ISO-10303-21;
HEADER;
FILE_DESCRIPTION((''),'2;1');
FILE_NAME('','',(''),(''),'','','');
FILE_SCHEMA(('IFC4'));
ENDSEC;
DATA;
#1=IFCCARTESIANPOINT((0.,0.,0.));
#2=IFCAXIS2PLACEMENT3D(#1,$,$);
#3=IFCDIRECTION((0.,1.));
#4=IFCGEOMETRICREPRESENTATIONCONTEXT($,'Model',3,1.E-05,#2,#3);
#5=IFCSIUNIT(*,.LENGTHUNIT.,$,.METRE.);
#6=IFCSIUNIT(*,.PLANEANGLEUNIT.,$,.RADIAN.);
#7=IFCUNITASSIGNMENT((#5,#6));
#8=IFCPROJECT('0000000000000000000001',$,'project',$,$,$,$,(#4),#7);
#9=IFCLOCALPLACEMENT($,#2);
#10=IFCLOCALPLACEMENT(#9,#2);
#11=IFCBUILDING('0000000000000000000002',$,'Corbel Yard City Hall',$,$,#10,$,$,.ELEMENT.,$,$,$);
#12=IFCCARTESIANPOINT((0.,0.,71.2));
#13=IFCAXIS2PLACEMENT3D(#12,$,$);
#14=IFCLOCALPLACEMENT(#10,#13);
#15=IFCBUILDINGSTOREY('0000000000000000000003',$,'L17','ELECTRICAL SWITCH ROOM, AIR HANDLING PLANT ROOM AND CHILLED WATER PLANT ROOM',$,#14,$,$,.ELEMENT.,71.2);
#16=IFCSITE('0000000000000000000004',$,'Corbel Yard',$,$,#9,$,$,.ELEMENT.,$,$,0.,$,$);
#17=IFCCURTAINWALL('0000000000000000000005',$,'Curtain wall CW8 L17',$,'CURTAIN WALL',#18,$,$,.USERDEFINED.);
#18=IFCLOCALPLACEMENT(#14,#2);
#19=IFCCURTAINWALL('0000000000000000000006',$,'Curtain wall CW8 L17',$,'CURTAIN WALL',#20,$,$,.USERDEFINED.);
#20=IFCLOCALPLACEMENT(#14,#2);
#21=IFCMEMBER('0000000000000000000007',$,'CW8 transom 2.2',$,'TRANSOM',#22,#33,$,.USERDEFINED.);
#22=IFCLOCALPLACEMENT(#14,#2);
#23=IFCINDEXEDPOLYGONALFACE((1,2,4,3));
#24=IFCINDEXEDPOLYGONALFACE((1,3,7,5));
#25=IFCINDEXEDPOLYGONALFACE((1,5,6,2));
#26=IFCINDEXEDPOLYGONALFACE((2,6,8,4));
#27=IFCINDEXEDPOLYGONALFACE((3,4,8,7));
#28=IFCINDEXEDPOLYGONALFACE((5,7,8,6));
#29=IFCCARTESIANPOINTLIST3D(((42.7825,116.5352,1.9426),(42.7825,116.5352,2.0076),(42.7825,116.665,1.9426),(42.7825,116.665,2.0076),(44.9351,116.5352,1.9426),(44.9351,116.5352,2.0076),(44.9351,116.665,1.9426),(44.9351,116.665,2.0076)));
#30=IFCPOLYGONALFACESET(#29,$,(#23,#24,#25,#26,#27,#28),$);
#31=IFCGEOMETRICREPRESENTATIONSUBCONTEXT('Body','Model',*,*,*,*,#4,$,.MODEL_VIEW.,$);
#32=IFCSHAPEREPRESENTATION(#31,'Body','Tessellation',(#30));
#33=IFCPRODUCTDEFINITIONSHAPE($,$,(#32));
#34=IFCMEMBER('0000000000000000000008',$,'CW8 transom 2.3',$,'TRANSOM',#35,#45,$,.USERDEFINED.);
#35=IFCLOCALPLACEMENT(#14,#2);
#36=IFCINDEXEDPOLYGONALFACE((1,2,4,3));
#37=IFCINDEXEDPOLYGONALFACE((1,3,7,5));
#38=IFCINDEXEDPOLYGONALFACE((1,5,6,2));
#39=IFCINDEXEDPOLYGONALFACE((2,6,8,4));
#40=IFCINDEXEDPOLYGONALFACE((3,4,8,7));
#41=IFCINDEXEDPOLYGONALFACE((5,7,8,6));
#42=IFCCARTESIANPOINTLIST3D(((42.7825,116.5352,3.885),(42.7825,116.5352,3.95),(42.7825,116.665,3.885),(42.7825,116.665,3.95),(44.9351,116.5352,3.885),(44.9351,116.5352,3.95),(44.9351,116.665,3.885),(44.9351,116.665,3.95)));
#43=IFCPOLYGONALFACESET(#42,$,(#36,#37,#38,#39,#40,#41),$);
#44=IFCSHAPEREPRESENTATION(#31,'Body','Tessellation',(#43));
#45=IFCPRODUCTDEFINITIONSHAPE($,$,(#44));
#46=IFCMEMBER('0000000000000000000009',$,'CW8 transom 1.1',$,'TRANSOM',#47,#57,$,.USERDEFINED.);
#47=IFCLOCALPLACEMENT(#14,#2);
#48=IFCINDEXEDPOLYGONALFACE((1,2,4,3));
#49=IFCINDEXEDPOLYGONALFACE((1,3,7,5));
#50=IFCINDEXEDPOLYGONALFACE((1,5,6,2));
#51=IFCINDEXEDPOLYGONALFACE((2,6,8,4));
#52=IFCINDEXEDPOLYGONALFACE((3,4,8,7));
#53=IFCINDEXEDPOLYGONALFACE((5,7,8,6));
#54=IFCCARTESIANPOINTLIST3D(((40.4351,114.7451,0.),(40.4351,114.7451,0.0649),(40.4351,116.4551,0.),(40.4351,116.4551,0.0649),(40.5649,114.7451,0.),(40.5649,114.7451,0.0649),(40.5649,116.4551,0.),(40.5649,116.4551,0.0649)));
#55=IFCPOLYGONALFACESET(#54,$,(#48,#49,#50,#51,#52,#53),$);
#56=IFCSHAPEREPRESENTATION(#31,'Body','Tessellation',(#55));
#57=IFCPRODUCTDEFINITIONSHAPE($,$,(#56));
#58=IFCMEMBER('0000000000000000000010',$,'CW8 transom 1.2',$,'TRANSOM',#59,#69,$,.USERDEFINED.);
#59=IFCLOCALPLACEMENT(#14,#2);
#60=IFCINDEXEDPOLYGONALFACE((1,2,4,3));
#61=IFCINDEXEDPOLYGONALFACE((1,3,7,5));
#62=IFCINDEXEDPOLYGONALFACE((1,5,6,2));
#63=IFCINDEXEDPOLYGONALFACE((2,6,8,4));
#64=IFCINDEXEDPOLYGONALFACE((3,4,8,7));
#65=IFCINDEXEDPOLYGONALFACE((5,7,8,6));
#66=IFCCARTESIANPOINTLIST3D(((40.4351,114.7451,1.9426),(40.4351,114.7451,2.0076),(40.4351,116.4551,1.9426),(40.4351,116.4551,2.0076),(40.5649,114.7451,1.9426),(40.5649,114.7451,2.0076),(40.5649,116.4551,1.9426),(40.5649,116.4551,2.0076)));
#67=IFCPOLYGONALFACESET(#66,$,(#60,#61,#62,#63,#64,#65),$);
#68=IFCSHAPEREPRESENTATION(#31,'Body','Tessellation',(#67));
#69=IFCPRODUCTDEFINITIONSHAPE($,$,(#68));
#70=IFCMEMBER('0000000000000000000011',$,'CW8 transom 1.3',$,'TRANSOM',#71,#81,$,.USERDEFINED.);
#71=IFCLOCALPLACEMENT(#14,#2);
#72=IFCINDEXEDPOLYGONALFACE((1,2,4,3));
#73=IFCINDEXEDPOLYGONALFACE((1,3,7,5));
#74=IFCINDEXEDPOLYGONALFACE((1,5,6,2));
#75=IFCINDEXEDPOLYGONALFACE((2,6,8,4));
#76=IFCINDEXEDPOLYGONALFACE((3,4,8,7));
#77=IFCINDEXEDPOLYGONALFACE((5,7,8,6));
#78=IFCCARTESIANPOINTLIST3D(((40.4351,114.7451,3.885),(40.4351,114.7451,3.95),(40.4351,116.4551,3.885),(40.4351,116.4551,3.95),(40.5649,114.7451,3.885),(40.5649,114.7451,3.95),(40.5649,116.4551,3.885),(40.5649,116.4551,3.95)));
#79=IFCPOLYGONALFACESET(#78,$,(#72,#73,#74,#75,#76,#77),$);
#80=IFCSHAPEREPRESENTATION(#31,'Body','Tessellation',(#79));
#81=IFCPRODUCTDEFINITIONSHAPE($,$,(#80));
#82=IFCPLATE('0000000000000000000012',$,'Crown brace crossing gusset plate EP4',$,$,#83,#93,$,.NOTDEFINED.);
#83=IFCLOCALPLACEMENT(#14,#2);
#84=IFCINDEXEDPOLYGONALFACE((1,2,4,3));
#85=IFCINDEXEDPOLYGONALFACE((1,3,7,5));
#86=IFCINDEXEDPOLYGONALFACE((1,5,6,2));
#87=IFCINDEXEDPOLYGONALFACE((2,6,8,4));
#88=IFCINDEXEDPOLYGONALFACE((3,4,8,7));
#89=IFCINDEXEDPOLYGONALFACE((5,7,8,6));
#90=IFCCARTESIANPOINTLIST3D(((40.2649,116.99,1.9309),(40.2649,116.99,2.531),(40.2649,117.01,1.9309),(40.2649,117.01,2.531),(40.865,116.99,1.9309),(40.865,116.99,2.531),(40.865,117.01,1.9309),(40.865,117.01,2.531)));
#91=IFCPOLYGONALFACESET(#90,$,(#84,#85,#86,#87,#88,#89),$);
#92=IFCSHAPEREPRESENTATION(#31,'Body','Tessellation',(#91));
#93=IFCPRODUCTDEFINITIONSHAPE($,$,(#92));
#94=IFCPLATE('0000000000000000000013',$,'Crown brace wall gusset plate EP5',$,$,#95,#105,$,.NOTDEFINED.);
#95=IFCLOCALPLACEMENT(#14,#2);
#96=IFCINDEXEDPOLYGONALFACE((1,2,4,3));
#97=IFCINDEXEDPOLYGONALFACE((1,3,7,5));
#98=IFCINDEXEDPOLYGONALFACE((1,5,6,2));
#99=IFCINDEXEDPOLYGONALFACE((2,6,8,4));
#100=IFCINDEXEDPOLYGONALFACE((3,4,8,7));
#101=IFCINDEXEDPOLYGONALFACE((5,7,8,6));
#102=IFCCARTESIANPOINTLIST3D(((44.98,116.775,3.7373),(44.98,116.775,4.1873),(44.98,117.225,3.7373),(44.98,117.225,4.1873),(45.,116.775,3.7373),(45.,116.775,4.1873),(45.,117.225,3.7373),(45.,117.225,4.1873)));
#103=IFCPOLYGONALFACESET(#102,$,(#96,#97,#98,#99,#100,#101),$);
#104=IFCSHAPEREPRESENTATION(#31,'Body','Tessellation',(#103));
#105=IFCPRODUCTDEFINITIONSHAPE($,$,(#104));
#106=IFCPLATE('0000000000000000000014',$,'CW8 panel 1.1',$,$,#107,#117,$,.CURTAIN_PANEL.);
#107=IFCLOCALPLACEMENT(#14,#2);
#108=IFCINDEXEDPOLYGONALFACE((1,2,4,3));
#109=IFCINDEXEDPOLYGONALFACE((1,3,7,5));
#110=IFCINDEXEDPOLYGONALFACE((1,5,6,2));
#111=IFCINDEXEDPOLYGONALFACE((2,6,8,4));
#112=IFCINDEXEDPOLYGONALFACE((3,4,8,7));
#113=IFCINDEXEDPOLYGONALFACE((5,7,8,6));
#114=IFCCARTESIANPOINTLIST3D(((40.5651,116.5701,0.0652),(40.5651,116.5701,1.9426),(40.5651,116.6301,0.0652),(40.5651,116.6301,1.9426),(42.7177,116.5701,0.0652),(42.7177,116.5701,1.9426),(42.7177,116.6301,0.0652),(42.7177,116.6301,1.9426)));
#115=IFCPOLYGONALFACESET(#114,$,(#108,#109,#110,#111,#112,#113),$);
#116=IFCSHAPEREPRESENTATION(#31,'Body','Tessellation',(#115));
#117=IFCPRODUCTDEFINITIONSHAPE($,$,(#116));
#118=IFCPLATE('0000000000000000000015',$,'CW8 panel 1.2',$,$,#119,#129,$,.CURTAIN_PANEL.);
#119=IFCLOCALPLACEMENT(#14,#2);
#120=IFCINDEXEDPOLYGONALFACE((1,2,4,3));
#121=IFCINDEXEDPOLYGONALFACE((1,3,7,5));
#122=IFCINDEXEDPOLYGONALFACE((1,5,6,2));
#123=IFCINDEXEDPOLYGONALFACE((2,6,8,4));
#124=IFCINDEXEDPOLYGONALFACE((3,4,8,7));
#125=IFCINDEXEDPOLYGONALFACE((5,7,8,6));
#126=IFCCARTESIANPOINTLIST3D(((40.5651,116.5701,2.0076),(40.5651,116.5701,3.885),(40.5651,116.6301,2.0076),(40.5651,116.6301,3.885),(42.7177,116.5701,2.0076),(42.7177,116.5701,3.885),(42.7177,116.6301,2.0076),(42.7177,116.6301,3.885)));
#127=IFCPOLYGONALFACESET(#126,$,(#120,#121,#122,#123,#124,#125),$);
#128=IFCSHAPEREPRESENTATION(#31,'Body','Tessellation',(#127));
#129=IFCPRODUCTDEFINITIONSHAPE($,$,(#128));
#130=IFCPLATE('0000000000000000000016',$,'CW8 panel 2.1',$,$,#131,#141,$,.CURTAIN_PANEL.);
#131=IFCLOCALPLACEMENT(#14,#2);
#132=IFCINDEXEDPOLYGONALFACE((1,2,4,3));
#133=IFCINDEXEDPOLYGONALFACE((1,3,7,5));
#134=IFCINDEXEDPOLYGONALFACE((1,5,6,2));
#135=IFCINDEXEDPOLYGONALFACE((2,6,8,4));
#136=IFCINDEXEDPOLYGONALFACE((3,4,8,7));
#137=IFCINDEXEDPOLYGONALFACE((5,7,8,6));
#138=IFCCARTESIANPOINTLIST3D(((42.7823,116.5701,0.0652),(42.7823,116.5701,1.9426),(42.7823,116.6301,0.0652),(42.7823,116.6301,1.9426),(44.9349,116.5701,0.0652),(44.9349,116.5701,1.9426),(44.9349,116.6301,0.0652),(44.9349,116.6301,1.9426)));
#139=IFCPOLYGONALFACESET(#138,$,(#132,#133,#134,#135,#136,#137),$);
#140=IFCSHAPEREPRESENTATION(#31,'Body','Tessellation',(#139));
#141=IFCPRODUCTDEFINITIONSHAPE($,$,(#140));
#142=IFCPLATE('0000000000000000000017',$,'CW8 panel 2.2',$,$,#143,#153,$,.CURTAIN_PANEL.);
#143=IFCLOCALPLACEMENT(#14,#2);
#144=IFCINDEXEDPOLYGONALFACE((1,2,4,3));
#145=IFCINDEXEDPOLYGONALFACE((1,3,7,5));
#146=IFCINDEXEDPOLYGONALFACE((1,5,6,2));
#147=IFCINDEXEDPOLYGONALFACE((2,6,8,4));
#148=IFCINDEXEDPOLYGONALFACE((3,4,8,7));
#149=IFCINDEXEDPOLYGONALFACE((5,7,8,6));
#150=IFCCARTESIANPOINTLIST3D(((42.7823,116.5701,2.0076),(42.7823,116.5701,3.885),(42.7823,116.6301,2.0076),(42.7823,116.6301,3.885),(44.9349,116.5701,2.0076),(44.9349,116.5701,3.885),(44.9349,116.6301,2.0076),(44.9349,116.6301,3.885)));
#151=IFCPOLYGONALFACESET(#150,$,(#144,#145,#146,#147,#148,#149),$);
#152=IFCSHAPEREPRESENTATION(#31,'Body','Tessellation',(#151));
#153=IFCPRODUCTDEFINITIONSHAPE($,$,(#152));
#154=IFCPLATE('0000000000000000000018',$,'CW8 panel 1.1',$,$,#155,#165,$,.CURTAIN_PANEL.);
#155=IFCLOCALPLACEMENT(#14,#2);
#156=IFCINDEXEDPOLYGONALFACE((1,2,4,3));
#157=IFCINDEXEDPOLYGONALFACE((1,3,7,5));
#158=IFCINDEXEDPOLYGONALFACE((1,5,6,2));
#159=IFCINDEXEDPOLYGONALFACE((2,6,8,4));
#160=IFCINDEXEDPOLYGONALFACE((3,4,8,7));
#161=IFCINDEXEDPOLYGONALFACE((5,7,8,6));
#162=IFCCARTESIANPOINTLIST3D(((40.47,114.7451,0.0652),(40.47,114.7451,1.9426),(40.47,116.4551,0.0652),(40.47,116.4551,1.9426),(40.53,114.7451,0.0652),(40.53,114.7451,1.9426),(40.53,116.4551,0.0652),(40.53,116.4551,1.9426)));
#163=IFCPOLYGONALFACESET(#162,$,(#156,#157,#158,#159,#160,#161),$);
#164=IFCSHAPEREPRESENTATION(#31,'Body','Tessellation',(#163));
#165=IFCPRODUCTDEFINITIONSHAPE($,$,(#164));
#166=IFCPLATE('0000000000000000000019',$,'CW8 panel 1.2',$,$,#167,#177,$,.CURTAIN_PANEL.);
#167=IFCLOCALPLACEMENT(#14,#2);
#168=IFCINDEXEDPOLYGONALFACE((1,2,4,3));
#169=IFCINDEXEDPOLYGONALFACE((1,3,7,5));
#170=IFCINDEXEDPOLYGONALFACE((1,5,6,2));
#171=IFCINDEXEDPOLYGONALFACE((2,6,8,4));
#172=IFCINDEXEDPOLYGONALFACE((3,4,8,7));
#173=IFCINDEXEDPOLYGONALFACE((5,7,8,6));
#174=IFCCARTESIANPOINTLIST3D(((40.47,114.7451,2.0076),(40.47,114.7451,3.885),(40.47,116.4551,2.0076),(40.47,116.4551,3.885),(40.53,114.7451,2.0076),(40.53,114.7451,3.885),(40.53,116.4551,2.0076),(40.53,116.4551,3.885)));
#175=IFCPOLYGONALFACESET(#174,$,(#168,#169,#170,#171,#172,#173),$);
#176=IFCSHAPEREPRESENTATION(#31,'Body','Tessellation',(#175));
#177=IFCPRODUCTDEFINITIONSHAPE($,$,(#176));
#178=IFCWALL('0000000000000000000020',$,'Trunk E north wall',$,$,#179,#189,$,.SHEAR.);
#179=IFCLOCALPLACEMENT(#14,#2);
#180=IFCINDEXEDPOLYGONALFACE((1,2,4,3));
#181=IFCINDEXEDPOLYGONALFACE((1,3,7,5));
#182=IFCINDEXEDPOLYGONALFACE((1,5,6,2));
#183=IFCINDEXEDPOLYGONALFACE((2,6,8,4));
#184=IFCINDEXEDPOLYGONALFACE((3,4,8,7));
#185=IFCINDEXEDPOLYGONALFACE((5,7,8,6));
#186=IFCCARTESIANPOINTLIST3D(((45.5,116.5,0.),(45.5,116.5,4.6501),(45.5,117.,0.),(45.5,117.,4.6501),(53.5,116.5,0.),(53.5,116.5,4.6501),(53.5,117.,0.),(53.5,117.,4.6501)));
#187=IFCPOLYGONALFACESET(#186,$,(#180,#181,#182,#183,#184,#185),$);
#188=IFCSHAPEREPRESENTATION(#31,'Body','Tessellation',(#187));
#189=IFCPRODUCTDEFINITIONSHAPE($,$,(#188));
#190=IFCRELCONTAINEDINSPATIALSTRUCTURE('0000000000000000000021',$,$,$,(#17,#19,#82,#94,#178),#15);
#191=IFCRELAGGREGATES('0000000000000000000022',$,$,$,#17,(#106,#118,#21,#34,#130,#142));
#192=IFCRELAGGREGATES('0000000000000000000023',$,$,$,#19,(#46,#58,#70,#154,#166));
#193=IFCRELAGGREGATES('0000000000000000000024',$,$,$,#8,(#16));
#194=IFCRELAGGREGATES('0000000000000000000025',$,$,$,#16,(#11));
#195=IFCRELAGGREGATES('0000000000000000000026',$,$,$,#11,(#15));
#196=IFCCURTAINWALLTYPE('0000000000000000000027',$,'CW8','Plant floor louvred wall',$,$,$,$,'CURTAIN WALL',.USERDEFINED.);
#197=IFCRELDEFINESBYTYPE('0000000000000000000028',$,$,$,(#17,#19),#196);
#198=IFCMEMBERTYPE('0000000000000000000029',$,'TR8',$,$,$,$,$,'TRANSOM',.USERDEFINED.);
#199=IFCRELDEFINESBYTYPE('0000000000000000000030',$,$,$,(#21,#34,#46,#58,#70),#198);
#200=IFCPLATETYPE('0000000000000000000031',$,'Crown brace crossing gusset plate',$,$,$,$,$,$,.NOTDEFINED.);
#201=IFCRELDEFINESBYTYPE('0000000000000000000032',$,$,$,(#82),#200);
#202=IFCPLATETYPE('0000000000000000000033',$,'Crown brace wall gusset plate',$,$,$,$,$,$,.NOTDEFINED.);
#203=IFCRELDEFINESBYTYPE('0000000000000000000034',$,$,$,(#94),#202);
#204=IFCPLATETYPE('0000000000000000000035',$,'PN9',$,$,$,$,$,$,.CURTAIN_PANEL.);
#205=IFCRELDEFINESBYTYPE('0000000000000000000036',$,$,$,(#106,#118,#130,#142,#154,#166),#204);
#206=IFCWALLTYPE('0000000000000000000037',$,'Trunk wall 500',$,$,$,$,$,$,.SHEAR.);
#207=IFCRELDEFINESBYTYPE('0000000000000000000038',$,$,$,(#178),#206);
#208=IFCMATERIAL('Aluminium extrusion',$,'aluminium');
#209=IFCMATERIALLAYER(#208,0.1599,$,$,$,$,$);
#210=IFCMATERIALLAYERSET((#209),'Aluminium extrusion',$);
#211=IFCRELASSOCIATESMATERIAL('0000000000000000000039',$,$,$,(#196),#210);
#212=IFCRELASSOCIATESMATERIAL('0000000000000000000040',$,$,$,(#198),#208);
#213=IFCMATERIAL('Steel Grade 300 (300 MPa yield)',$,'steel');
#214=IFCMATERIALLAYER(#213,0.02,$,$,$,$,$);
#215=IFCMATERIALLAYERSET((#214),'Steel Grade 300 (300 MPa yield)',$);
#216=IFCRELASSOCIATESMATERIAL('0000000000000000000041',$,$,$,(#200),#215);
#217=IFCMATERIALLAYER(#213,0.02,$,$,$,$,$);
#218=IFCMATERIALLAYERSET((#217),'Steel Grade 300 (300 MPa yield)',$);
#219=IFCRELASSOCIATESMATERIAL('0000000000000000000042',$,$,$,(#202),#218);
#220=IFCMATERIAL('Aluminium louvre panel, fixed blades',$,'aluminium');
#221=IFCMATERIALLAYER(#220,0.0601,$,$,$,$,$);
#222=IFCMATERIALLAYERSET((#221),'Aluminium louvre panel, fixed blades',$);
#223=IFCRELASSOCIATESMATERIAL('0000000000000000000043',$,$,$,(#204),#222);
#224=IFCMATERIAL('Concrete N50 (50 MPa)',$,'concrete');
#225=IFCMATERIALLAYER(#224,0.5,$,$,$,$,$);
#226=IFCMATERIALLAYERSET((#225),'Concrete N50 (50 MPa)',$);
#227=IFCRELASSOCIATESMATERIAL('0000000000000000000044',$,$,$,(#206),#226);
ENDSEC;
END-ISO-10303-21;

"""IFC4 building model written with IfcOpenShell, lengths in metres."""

from ifc_helpers import new_model, si_unit, direction, frame, frame_2d, origin, origin_2d, place, context, subcontext, project, spatial, rectangle, extrude, material, layer, layer_set, material_profile, profile_set, type_object, element, aggregate, save


model = new_model("IFC4")

# Units and contexts
model_context = context("Model", 3, precision=1e-05, world=origin(), true_north=direction((0.0, 1.0)))
body_context = subcontext(model_context, "Body", "Model", "MODEL_VIEW")
ifc_project = project(units=[si_unit("LENGTHUNIT", "METRE"), si_unit("PLANEANGLEUNIT", "RADIAN")], contexts=[model_context])

# Site, building, storey
site_placement = place(None, origin())
site = spatial("IfcSite", under=ifc_project, at=site_placement, Name="Corbel Yard", CompositionType="ELEMENT", RefElevation=0.0)
building_placement = place(site_placement, origin())
building = spatial("IfcBuilding", under=site, at=building_placement, Name="Corbel Yard City Hall", CompositionType="ELEMENT")
storey_placement = place(building_placement, frame((0.0, 0.0, 71.2)))
storey = spatial("IfcBuildingStorey", under=building, at=storey_placement, Name="L17", Description="ELECTRICAL SWITCH ROOM, AIR HANDLING PLANT ROOM AND CHILLED WATER PLANT ROOM", CompositionType="ELEMENT", Elevation=71.2)

# Shared definitions
ifc_material_1 = material(Name="Aluminium extrusion", Category="aluminium")
ifc_layer_1 = layer(ifc_material_1, 0.1599)
ifc_layer_set_1 = layer_set([ifc_layer_1], Name="Aluminium extrusion")
curtain_wall_type = type_object("IfcCurtainWallType", Name="CW8", Description="Plant floor louvred wall", ElementType="CURTAIN WALL", PredefinedType="USERDEFINED", material=ifc_layer_set_1)

# Curtain walls
curtain_wall_1_placement = place(storey_placement, origin())
curtain_wall_1 = element("IfcCurtainWall", 1, at=curtain_wall_1_placement, inside=storey, type_object=curtain_wall_type, Name="Curtain wall CW8 L17", ObjectType="CURTAIN WALL", PredefinedType="USERDEFINED")
curtain_wall_2_placement = place(storey_placement, origin())
curtain_wall_2 = element("IfcCurtainWall", 2, at=curtain_wall_2_placement, inside=storey, type_object=curtain_wall_type, Name="Curtain wall CW8 L17", ObjectType="CURTAIN WALL", PredefinedType="USERDEFINED")

# Members
ifc_material_profile_1 = material_profile(ifc_material_1, rectangle(XDim=0.1299, YDim=0.0649, at=origin_2d()), Name="130x65")
ifc_profile_set_1 = profile_set([ifc_material_profile_1], Name="Aluminium extrusion")
member_type_1 = type_object("IfcMemberType", Name="TR8", ElementType="TRANSOM", PredefinedType="USERDEFINED", material=ifc_profile_set_1)
member_1_placement = place(storey_placement, frame((42.7825, 116.6001, 1.9751), z_axis=(1.0, 0.0, 0.0), x_axis=(0.0, 1.0, 0.0)))
member_1 = element("IfcMember", 3, at=member_1_placement, type_object=member_type_1, Name="CW8 transom 2.2", ObjectType="TRANSOM", PredefinedType="USERDEFINED", context=body_context, shape_type="SweptSolid", body=[
    extrude(rectangle(XDim=0.1299, YDim=0.0649, at=origin_2d()), origin(), (0.0, 0.0, 1.0), 2.1526),
])
member_2_placement = place(storey_placement, frame((42.7825, 116.6001, 3.9175), z_axis=(1.0, 0.0, 0.0), x_axis=(0.0, 1.0, 0.0)))
member_2 = element("IfcMember", 4, at=member_2_placement, type_object=member_type_1, Name="CW8 transom 2.3", ObjectType="TRANSOM", PredefinedType="USERDEFINED", context=body_context, shape_type="SweptSolid", body=[
    extrude(rectangle(XDim=0.1299, YDim=0.0649, at=origin_2d()), origin(), (0.0, 0.0, 1.0), 2.1526),
])
member_3_placement = place(storey_placement, frame((40.5, 116.4551, 0.0325), z_axis=(0.0, -1.0, 0.0), x_axis=(1.0, 0.0, 0.0)))
member_3 = element("IfcMember", 5, at=member_3_placement, type_object=member_type_1, Name="CW8 transom 1.1", ObjectType="TRANSOM", PredefinedType="USERDEFINED", context=body_context, shape_type="SweptSolid", body=[
    extrude(rectangle(XDim=0.1299, YDim=0.0649, at=origin_2d()), origin(), (0.0, 0.0, 1.0), 1.71),
])
member_4_placement = place(storey_placement, frame((40.5, 116.4551, 1.9751), z_axis=(0.0, -1.0, 0.0), x_axis=(1.0, 0.0, 0.0)))
member_4 = element("IfcMember", 6, at=member_4_placement, type_object=member_type_1, Name="CW8 transom 1.2", ObjectType="TRANSOM", PredefinedType="USERDEFINED", context=body_context, shape_type="SweptSolid", body=[
    extrude(rectangle(XDim=0.1299, YDim=0.0649, at=origin_2d()), origin(), (0.0, 0.0, 1.0), 1.71),
])
member_5_placement = place(storey_placement, frame((40.5, 116.4551, 3.9175), z_axis=(0.0, -1.0, 0.0), x_axis=(1.0, 0.0, 0.0)))
member_5 = element("IfcMember", 7, at=member_5_placement, type_object=member_type_1, Name="CW8 transom 1.3", ObjectType="TRANSOM", PredefinedType="USERDEFINED", context=body_context, shape_type="SweptSolid", body=[
    extrude(rectangle(XDim=0.1299, YDim=0.0649, at=origin_2d()), origin(), (0.0, 0.0, 1.0), 1.71),
])

# Plates
ifc_material_2 = material(Name="Steel Grade 300 (300 MPa yield)", Category="steel")
ifc_layer_2 = layer(ifc_material_2, 0.02)
ifc_layer_set_2 = layer_set([ifc_layer_2], Name="Steel Grade 300 (300 MPa yield)")
plate_type_1 = type_object("IfcPlateType", Name="Crown brace crossing gusset plate", PredefinedType="NOTDEFINED", material=ifc_layer_set_2)
plate_1_placement = place(storey_placement, frame((40.5649, 117.0, 1.9309), z_axis=(0.0, 0.0, 1.0), x_axis=(1.0, 0.0, 0.0)))
element("IfcPlate", 8, at=plate_1_placement, inside=storey, type_object=plate_type_1, Name="Crown brace crossing gusset plate EP4", PredefinedType="NOTDEFINED", context=body_context, shape_type="SweptSolid", body=[
    extrude(rectangle(XDim=0.6001, YDim=0.02, at=origin_2d()), origin(), (0.0, 0.0, 1.0), 0.6001),
])
ifc_layer_3 = layer(ifc_material_2, 0.02)
ifc_layer_set_3 = layer_set([ifc_layer_3], Name="Steel Grade 300 (300 MPa yield)")
plate_type_2 = type_object("IfcPlateType", Name="Crown brace wall gusset plate", PredefinedType="NOTDEFINED", material=ifc_layer_set_3)
plate_2_placement = place(storey_placement, frame((44.99, 117.0, 3.7373), z_axis=(0.0, 0.0, 1.0), x_axis=(0.0, 1.0, 0.0)))
element("IfcPlate", 9, at=plate_2_placement, inside=storey, type_object=plate_type_2, Name="Crown brace wall gusset plate EP5", PredefinedType="NOTDEFINED", context=body_context, shape_type="SweptSolid", body=[
    extrude(rectangle(XDim=0.45, YDim=0.02, at=origin_2d()), origin(), (0.0, 0.0, 1.0), 0.45),
])

# Plates
ifc_material_3 = material(Name="Aluminium louvre panel, fixed blades", Category="aluminium")
ifc_layer_4 = layer(ifc_material_3, 0.0601)
ifc_layer_set_4 = layer_set([ifc_layer_4], Name="Aluminium louvre panel, fixed blades")
plate_type_3 = type_object("IfcPlateType", Name="PN9", PredefinedType="CURTAIN_PANEL", material=ifc_layer_set_4)
plate_3_placement = place(storey_placement, frame((41.6414, 116.6001, 0.0652), z_axis=(0.0, 0.0, 1.0), x_axis=(1.0, 0.0, 0.0)))
plate_3 = element("IfcPlate", 10, at=plate_3_placement, type_object=plate_type_3, Name="CW8 panel 1.1", PredefinedType="CURTAIN_PANEL", context=body_context, shape_type="SweptSolid", body=[
    extrude(rectangle(XDim=2.1526, YDim=0.0601, at=origin_2d()), origin(), (0.0, 0.0, 1.0), 1.8774),
])
plate_4_placement = place(storey_placement, frame((41.6414, 116.6001, 2.0076), z_axis=(0.0, 0.0, 1.0), x_axis=(1.0, 0.0, 0.0)))
plate_4 = element("IfcPlate", 11, at=plate_4_placement, type_object=plate_type_3, Name="CW8 panel 1.2", PredefinedType="CURTAIN_PANEL", context=body_context, shape_type="SweptSolid", body=[
    extrude(rectangle(XDim=2.1526, YDim=0.0601, at=origin_2d()), origin(), (0.0, 0.0, 1.0), 1.8774),
])
plate_5_placement = place(storey_placement, frame((43.8586, 116.6001, 0.0652), z_axis=(0.0, 0.0, 1.0), x_axis=(1.0, 0.0, 0.0)))
plate_5 = element("IfcPlate", 12, at=plate_5_placement, type_object=plate_type_3, Name="CW8 panel 2.1", PredefinedType="CURTAIN_PANEL", context=body_context, shape_type="SweptSolid", body=[
    extrude(rectangle(XDim=2.1526, YDim=0.0601, at=origin_2d()), origin(), (0.0, 0.0, 1.0), 1.8774),
])
plate_6_placement = place(storey_placement, frame((43.8586, 116.6001, 2.0076), z_axis=(0.0, 0.0, 1.0), x_axis=(1.0, 0.0, 0.0)))
plate_6 = element("IfcPlate", 13, at=plate_6_placement, type_object=plate_type_3, Name="CW8 panel 2.2", PredefinedType="CURTAIN_PANEL", context=body_context, shape_type="SweptSolid", body=[
    extrude(rectangle(XDim=2.1526, YDim=0.0601, at=origin_2d()), origin(), (0.0, 0.0, 1.0), 1.8774),
])
aggregate(curtain_wall_1, [plate_3, plate_4, member_1, member_2, plate_5, plate_6])
plate_7_placement = place(storey_placement, frame((40.5, 115.6001, 0.0652), z_axis=(0.0, 0.0, 1.0), x_axis=(0.0, -1.0, 0.0)))
plate_7 = element("IfcPlate", 14, at=plate_7_placement, type_object=plate_type_3, Name="CW8 panel 1.1", PredefinedType="CURTAIN_PANEL", context=body_context, shape_type="SweptSolid", body=[
    extrude(rectangle(XDim=1.71, YDim=0.0601, at=origin_2d()), origin(), (0.0, 0.0, 1.0), 1.8774),
])
plate_8_placement = place(storey_placement, frame((40.5, 115.6001, 2.0076), z_axis=(0.0, 0.0, 1.0), x_axis=(0.0, -1.0, 0.0)))
plate_8 = element("IfcPlate", 15, at=plate_8_placement, type_object=plate_type_3, Name="CW8 panel 1.2", PredefinedType="CURTAIN_PANEL", context=body_context, shape_type="SweptSolid", body=[
    extrude(rectangle(XDim=1.71, YDim=0.0601, at=origin_2d()), origin(), (0.0, 0.0, 1.0), 1.8774),
])
aggregate(curtain_wall_2, [member_3, member_4, member_5, plate_7, plate_8])

# Wall
ifc_material_4 = material(Name="Concrete N50 (50 MPa)", Category="concrete")
ifc_layer_5 = layer(ifc_material_4, 0.5)
ifc_layer_set_5 = layer_set([ifc_layer_5], Name="Concrete N50 (50 MPa)")
wall_type = type_object("IfcWallType", Name="Trunk wall 500", PredefinedType="SHEAR", material=ifc_layer_set_5)
wall_placement = place(storey_placement, frame((45.5, 116.75, 0.0), z_axis=(0.0, 0.0, 1.0), x_axis=(1.0, 0.0, 0.0)))
element("IfcWall", 16, at=wall_placement, inside=storey, type_object=wall_type, Name="Trunk E north wall", PredefinedType="SHEAR", context=body_context, shape_type="SweptSolid", body=[
    extrude(rectangle(XDim=8.0, YDim=0.5, at=frame_2d((4.0, 0.0))), origin(), (0.0, 0.0, 1.0), 4.6501),
])

save(model, "model.ifc")
